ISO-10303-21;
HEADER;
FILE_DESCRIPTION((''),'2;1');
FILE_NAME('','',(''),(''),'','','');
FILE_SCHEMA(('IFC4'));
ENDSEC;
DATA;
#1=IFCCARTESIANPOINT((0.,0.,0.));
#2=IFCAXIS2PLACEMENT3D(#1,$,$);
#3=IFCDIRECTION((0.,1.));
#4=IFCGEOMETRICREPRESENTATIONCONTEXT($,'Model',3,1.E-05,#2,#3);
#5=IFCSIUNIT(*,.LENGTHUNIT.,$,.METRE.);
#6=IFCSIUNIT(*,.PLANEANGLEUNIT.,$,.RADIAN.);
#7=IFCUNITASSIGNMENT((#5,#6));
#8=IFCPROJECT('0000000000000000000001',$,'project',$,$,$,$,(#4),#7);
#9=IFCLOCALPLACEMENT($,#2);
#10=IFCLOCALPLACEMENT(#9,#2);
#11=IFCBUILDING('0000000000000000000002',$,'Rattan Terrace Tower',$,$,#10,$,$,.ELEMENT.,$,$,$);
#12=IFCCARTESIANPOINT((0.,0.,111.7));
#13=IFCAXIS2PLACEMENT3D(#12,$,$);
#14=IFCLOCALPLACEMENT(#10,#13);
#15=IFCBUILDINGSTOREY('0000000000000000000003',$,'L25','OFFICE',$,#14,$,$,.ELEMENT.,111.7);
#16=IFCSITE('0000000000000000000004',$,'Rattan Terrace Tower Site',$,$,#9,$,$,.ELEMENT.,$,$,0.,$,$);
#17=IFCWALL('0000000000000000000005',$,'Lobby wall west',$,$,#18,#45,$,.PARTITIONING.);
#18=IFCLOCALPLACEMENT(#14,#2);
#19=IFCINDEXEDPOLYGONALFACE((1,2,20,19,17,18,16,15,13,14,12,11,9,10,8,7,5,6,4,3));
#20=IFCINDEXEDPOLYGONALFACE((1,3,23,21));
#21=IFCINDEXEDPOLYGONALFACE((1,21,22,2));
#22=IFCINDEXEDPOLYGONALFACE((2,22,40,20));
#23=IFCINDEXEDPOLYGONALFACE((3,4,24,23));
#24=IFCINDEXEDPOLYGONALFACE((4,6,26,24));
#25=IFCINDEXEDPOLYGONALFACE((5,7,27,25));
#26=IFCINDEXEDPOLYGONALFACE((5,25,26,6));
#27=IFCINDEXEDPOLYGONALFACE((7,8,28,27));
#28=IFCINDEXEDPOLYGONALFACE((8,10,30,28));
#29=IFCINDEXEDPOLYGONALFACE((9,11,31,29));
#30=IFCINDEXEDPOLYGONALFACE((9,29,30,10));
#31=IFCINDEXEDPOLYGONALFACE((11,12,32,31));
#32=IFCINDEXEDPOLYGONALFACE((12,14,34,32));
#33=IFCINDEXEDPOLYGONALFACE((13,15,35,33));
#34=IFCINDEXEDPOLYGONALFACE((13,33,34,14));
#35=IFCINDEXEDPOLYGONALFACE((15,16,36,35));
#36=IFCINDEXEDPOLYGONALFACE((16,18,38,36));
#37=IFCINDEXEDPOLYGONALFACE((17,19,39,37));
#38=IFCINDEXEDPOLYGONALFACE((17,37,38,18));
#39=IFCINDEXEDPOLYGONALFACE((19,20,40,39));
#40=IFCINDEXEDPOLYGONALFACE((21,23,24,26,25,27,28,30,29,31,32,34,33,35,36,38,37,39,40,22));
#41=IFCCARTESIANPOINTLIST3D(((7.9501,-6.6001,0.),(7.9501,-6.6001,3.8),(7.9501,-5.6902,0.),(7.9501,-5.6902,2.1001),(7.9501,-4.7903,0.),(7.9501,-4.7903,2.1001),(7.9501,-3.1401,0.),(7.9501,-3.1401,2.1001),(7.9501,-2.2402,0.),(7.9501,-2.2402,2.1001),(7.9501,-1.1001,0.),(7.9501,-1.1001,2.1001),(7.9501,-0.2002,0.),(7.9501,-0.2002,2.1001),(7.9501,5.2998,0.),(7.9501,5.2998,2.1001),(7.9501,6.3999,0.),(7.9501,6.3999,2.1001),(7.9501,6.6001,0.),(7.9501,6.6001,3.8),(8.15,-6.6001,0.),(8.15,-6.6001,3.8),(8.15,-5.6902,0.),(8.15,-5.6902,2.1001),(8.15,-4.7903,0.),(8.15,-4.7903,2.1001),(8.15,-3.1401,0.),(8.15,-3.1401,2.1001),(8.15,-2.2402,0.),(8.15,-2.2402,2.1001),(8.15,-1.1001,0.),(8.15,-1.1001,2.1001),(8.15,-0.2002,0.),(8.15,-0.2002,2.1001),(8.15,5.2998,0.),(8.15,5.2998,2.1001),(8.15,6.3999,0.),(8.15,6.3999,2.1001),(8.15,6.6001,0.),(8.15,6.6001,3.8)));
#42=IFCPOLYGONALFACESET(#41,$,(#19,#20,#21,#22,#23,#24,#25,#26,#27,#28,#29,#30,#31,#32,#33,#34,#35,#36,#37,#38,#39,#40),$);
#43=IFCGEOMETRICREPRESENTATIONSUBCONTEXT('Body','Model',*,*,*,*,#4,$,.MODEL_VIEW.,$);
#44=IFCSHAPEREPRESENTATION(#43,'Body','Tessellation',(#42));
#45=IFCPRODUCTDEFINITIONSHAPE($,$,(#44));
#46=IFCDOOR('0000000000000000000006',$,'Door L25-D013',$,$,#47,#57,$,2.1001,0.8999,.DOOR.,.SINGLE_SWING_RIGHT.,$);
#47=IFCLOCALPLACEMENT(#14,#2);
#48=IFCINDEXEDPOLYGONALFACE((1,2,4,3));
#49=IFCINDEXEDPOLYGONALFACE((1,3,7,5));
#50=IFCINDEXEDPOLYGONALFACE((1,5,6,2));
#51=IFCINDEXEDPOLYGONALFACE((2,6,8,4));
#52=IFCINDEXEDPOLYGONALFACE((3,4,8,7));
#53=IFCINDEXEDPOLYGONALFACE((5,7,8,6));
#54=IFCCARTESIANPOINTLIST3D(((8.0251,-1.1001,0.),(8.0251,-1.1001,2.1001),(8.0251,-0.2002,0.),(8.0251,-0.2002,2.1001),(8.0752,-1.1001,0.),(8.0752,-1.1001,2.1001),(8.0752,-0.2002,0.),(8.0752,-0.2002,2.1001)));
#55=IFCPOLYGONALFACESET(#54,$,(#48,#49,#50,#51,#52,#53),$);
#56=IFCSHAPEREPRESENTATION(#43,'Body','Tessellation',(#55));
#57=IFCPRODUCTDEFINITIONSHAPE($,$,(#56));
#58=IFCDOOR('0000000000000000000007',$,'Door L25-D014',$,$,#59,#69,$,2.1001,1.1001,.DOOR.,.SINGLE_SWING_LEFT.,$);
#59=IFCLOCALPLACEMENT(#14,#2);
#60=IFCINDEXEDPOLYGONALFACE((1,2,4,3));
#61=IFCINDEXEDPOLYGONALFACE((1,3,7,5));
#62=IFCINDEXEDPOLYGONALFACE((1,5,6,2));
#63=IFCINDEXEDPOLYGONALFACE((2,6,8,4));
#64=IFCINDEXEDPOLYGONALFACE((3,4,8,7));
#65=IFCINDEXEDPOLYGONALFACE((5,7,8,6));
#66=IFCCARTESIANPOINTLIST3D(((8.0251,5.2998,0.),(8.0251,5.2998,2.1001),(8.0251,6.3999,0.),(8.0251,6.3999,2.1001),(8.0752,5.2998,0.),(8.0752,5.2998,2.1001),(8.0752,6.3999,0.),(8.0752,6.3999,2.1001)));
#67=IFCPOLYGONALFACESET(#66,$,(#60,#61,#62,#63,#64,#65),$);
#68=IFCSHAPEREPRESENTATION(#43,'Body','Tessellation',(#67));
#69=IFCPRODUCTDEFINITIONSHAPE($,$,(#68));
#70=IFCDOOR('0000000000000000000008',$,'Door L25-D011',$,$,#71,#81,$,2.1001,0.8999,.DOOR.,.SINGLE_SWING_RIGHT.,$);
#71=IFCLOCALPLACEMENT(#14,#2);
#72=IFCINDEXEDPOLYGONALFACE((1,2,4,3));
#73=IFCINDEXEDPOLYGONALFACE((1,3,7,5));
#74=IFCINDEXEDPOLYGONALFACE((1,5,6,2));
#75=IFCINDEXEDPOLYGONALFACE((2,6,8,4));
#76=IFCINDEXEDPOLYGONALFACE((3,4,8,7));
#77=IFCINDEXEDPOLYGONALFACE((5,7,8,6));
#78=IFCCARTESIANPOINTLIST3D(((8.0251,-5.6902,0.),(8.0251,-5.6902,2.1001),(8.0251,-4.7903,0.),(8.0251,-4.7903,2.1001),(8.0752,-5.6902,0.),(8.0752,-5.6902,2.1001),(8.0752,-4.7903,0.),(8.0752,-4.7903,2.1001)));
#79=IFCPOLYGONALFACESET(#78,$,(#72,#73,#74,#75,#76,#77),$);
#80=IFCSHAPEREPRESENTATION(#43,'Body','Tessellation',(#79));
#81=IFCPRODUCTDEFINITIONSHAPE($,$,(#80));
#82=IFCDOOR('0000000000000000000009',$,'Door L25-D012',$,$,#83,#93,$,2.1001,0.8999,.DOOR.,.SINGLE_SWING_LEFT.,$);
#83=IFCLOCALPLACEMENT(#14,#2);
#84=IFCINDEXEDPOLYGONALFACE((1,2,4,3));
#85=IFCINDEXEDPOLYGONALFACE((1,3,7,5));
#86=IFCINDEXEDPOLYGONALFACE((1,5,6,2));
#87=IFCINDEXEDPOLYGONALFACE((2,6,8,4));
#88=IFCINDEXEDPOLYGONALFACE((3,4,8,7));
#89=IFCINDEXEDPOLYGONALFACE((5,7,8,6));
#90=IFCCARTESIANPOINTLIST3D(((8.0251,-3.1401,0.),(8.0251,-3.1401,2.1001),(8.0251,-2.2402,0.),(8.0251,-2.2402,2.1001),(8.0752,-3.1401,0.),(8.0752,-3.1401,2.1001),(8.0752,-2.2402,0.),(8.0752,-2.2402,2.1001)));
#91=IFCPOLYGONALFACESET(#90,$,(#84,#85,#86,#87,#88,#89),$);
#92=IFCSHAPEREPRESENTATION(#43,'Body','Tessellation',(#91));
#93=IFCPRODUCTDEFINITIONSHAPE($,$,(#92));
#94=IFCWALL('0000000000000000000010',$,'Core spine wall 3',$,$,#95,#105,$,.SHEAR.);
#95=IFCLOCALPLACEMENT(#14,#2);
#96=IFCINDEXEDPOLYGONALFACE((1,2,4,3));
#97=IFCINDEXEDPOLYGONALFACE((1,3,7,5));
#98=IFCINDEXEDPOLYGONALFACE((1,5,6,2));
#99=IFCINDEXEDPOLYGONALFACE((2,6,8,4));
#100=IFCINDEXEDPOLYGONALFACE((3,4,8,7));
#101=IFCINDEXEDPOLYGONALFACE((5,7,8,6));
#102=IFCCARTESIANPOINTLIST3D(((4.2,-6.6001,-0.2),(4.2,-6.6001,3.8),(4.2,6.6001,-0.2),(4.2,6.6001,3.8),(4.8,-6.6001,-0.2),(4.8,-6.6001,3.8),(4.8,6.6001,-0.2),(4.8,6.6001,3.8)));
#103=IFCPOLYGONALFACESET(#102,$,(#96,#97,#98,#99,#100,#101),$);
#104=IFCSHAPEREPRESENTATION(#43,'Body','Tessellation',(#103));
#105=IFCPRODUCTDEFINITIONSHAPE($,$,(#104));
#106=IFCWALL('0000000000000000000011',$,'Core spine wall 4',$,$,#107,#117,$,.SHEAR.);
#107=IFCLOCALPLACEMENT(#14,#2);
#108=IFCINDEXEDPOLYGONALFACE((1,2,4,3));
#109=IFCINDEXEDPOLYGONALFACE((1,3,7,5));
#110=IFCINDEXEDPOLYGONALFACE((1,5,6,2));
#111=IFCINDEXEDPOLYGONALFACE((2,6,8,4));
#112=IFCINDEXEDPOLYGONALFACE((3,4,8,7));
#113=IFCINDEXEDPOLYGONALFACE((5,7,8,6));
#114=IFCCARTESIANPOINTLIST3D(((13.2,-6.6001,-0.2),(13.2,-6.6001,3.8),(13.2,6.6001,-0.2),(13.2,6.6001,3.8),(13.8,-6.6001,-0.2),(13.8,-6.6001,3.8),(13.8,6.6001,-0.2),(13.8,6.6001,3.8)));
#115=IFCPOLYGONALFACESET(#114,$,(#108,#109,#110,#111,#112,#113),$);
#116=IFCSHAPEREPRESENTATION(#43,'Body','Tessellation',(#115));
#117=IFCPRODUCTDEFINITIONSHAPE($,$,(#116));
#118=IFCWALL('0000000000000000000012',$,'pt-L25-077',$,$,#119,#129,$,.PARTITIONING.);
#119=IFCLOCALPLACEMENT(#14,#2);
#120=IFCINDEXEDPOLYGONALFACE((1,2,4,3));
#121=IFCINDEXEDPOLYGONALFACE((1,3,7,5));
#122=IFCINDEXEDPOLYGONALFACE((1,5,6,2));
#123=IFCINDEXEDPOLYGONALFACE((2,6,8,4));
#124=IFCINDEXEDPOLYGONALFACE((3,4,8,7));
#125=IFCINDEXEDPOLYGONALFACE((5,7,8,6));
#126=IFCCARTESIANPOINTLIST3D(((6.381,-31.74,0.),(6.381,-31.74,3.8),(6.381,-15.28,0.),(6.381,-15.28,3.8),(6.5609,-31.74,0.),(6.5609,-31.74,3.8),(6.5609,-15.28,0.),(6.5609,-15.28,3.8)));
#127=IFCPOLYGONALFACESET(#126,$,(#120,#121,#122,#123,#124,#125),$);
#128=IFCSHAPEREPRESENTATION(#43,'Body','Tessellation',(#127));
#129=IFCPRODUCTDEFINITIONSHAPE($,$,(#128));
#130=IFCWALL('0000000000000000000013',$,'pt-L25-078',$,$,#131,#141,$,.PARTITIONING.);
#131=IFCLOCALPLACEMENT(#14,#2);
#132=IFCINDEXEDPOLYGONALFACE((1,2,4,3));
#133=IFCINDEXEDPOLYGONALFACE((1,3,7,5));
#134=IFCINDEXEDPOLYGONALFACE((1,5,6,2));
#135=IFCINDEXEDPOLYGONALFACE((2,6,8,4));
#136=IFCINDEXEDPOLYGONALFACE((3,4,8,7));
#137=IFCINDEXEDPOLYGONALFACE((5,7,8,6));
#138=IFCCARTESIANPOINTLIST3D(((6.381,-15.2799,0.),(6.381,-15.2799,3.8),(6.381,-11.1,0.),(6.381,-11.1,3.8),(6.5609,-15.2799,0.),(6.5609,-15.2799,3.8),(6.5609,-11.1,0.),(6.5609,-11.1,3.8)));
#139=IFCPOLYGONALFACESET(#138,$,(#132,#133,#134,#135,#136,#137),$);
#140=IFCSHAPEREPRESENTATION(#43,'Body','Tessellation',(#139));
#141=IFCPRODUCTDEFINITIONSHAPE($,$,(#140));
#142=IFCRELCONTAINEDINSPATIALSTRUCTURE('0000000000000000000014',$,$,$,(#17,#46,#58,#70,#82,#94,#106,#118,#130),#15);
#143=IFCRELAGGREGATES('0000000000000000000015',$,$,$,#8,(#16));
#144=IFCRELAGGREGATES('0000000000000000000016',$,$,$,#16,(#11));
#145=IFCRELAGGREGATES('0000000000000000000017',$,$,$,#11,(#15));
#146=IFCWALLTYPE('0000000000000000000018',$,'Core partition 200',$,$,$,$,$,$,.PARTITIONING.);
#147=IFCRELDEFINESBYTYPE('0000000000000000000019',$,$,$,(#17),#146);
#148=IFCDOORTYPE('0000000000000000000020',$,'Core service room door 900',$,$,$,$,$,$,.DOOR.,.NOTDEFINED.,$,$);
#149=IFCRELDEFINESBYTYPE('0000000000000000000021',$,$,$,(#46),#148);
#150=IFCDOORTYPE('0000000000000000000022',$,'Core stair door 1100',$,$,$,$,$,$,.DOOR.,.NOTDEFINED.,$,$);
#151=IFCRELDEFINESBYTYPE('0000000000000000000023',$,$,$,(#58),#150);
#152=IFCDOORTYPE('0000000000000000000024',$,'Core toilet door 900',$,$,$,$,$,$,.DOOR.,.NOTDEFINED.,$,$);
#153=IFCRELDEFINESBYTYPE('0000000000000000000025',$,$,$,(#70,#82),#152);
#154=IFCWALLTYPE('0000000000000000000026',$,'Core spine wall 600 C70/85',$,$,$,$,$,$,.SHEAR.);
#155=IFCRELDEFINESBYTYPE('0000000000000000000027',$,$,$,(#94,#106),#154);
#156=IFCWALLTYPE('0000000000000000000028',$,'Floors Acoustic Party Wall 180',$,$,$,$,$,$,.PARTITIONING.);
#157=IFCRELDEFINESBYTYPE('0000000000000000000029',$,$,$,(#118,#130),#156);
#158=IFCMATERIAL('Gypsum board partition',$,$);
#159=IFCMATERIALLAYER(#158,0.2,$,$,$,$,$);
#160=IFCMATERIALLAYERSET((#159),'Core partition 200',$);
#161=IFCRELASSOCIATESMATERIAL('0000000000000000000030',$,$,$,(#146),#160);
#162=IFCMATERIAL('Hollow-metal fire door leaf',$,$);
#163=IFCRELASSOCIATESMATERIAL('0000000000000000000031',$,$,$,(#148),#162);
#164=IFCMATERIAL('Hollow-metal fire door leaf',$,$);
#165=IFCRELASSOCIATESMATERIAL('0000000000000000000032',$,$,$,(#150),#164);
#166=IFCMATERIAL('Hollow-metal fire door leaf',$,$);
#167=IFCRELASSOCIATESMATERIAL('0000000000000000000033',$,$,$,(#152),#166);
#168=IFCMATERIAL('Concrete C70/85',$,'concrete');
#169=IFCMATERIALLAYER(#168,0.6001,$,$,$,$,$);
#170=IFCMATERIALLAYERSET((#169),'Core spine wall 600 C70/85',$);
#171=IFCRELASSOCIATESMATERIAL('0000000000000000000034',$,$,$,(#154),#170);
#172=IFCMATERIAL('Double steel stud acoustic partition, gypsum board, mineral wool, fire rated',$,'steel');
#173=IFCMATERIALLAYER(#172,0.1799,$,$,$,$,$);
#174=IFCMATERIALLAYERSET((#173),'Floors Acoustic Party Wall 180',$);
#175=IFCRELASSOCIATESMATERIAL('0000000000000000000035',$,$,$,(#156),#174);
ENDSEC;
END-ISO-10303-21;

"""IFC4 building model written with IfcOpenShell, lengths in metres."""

from ifc_helpers import new_model, si_unit, direction, frame, frame_2d, origin, place, context, subcontext, project, spatial, rectangle, extrude, material, layer, layer_set, type_object, element, fill, save


model = new_model("IFC4")

# Units and contexts
model_context = context("Model", 3, precision=1e-05, world=origin(), true_north=direction((0.0, 1.0)))
body_context = subcontext(model_context, "Body", "Model", "MODEL_VIEW")
ifc_project = project(units=[si_unit("LENGTHUNIT", "METRE"), si_unit("PLANEANGLEUNIT", "RADIAN")], contexts=[model_context])

# Site, building, storey
site_placement = place(None, origin())
site = spatial("IfcSite", under=ifc_project, at=site_placement, Name="Rattan Terrace Tower Site", CompositionType="ELEMENT", RefElevation=0.0)
building_placement = place(site_placement, origin())
building = spatial("IfcBuilding", under=site, at=building_placement, Name="Rattan Terrace Tower", CompositionType="ELEMENT")
storey_placement = place(building_placement, frame((0.0, 0.0, 111.7)))
storey = spatial("IfcBuildingStorey", under=building, at=storey_placement, Name="L25", Description="OFFICE", CompositionType="ELEMENT", Elevation=111.7)

# Wall, openings, doors
ifc_material_1 = material(Name="Gypsum board partition")
ifc_layer_1 = layer(ifc_material_1, 0.2)
ifc_layer_set_1 = layer_set([ifc_layer_1], Name="Core partition 200")
wall_type_1 = type_object("IfcWallType", Name="Core partition 200", PredefinedType="PARTITIONING", material=ifc_layer_set_1)
wall_1_placement = place(storey_placement, frame((8.05, -6.6001, 0.0), z_axis=(0.0, 0.0, 1.0), x_axis=(0.0, 1.0, 0.0)))
wall_1 = element("IfcWall", 1, at=wall_1_placement, inside=storey, type_object=wall_type_1, Name="Lobby wall west", PredefinedType="PARTITIONING", context=body_context, shape_type="SweptSolid", body=[
    extrude(rectangle(XDim=13.2002, YDim=0.2, at=frame_2d((6.6001, 0.0))), origin(), (0.0, 0.0, 1.0), 3.8),
])
opening_1_placement = place(wall_1_placement, frame((0.9099, 0.0, 0.0)))
opening_1 = element("IfcOpeningElement", 2, at=opening_1_placement, cuts=wall_1, PredefinedType="OPENING", context=body_context, shape_type="SweptSolid", body=[
    extrude(rectangle(XDim=0.8999, YDim=2.1001, at=frame_2d((0.45, 1.05))), frame((0.0, 0.1106, 0.0), z_axis=(0.0, -1.0, 0.0), x_axis=(1.0, 0.0, 0.0)), (0.0, 0.0, 1.0), 0.2209),
])
opening_2_placement = place(wall_1_placement, frame((3.46, 0.0, 0.0)))
opening_2 = element("IfcOpeningElement", 3, at=opening_2_placement, cuts=wall_1, PredefinedType="OPENING", context=body_context, shape_type="SweptSolid", body=[
    extrude(rectangle(XDim=0.8999, YDim=2.1001, at=frame_2d((0.45, 1.05))), frame((0.0, 0.1106, 0.0), z_axis=(0.0, -1.0, 0.0), x_axis=(1.0, 0.0, 0.0)), (0.0, 0.0, 1.0), 0.2209),
])
opening_3_placement = place(wall_1_placement, frame((5.5, 0.0, 0.0)))
opening_3 = element("IfcOpeningElement", 4, at=opening_3_placement, cuts=wall_1, PredefinedType="OPENING", context=body_context, shape_type="SweptSolid", body=[
    extrude(rectangle(XDim=0.8999, YDim=2.1001, at=frame_2d((0.45, 1.05))), frame((0.0, 0.1106, 0.0), z_axis=(0.0, -1.0, 0.0), x_axis=(1.0, 0.0, 0.0)), (0.0, 0.0, 1.0), 0.2209),
])
opening_4_placement = place(wall_1_placement, frame((11.8999, 0.0, 0.0)))
opening_4 = element("IfcOpeningElement", 5, at=opening_4_placement, cuts=wall_1, PredefinedType="OPENING", context=body_context, shape_type="SweptSolid", body=[
    extrude(rectangle(XDim=1.1001, YDim=2.1001, at=frame_2d((0.55, 1.05))), frame((0.0, 0.1106, 0.0), z_axis=(0.0, -1.0, 0.0), x_axis=(1.0, 0.0, 0.0)), (0.0, 0.0, 1.0), 0.2209),
])
ifc_material_2 = material(Name="Hollow-metal fire door leaf")
door_type_1 = type_object("IfcDoorType", Name="Core service room door 900", OperationType="NOTDEFINED", PredefinedType="DOOR", material=ifc_material_2)
door_1_placement = place(opening_3_placement, origin())
door_1 = element("IfcDoor", 6, at=door_1_placement, inside=storey, type_object=door_type_1, Name="Door L25-D013", OperationType="SINGLE_SWING_RIGHT", OverallHeight=2.1001, OverallWidth=0.8999, PredefinedType="DOOR", context=body_context, shape_type="SweptSolid", body=[
    extrude(rectangle(XDim=0.8999, YDim=2.1001, at=frame_2d((0.45, 1.05))), frame((0.0, 0.0249, 0.0), z_axis=(0.0, -1.0, 0.0), x_axis=(1.0, 0.0, 0.0)), (0.0, 0.0, 1.0), 0.05),
])
fill(opening_3, door_1)
ifc_material_3 = material(Name="Hollow-metal fire door leaf")
door_type_2 = type_object("IfcDoorType", Name="Core stair door 1100", OperationType="NOTDEFINED", PredefinedType="DOOR", material=ifc_material_3)
door_2_placement = place(opening_4_placement, origin())
door_2 = element("IfcDoor", 7, at=door_2_placement, inside=storey, type_object=door_type_2, Name="Door L25-D014", OperationType="SINGLE_SWING_LEFT", OverallHeight=2.1001, OverallWidth=1.1001, PredefinedType="DOOR", context=body_context, shape_type="SweptSolid", body=[
    extrude(rectangle(XDim=1.1001, YDim=2.1001, at=frame_2d((0.55, 1.05))), frame((0.0, 0.0249, 0.0), z_axis=(0.0, -1.0, 0.0), x_axis=(1.0, 0.0, 0.0)), (0.0, 0.0, 1.0), 0.05),
])
fill(opening_4, door_2)
ifc_material_4 = material(Name="Hollow-metal fire door leaf")
door_type_3 = type_object("IfcDoorType", Name="Core toilet door 900", OperationType="NOTDEFINED", PredefinedType="DOOR", material=ifc_material_4)
door_3_placement = place(opening_1_placement, origin())
door_3 = element("IfcDoor", 8, at=door_3_placement, inside=storey, type_object=door_type_3, Name="Door L25-D011", OperationType="SINGLE_SWING_RIGHT", OverallHeight=2.1001, OverallWidth=0.8999, PredefinedType="DOOR", context=body_context, shape_type="SweptSolid", body=[
    extrude(rectangle(XDim=0.8999, YDim=2.1001, at=frame_2d((0.45, 1.05))), frame((0.0, 0.0249, 0.0), z_axis=(0.0, -1.0, 0.0), x_axis=(1.0, 0.0, 0.0)), (0.0, 0.0, 1.0), 0.05),
])
fill(opening_1, door_3)
door_4_placement = place(opening_2_placement, origin())
door_4 = element("IfcDoor", 9, at=door_4_placement, inside=storey, type_object=door_type_3, Name="Door L25-D012", OperationType="SINGLE_SWING_LEFT", OverallHeight=2.1001, OverallWidth=0.8999, PredefinedType="DOOR", context=body_context, shape_type="SweptSolid", body=[
    extrude(rectangle(XDim=0.8999, YDim=2.1001, at=frame_2d((0.45, 1.05))), frame((0.0, 0.0249, 0.0), z_axis=(0.0, -1.0, 0.0), x_axis=(1.0, 0.0, 0.0)), (0.0, 0.0, 1.0), 0.05),
])
fill(opening_2, door_4)

# Walls
ifc_material_5 = material(Name="Concrete C70/85", Category="concrete")
ifc_layer_2 = layer(ifc_material_5, 0.6001)
ifc_layer_set_2 = layer_set([ifc_layer_2], Name="Core spine wall 600 C70/85")
wall_type_2 = type_object("IfcWallType", Name="Core spine wall 600 C70/85", PredefinedType="SHEAR", material=ifc_layer_set_2)
for number, where, z_axis, x_axis, name in (
    (10, (4.5, -6.6001, -0.2), (0.0, 0.0, 1.0), (0.0, 1.0, 0.0), "Core spine wall 3"),
    (11, (13.5, -6.6001, -0.2), (0.0, 0.0, 1.0), (0.0, 1.0, 0.0), "Core spine wall 4"),
):
    element("IfcWall", number, at=place(storey_placement, frame(where, z_axis=z_axis, x_axis=x_axis)), inside=storey, type_object=wall_type_2, Name=name, PredefinedType="SHEAR", context=body_context, shape_type="SweptSolid", body=[
        extrude(rectangle(XDim=13.2002, YDim=0.6001, at=frame_2d((6.6001, 0.0))), origin(), (0.0, 0.0, 1.0), 4.0),
    ])
ifc_material_6 = material(Name="Double steel stud acoustic partition, gypsum board, mineral wool, fire rated", Category="steel")
ifc_layer_3 = layer(ifc_material_6, 0.1799)
ifc_layer_set_3 = layer_set([ifc_layer_3], Name="Floors Acoustic Party Wall 180")
wall_type_3 = type_object("IfcWallType", Name="Floors Acoustic Party Wall 180", PredefinedType="PARTITIONING", material=ifc_layer_set_3)
wall_2_placement = place(storey_placement, frame((6.4709, -15.28, 0.0), z_axis=(0.0, 0.0, 1.0), x_axis=(0.0, -1.0, 0.0)))
element("IfcWall", 12, at=wall_2_placement, inside=storey, type_object=wall_type_3, Name="pt-L25-077", PredefinedType="PARTITIONING", context=body_context, shape_type="SweptSolid", body=[
    extrude(rectangle(XDim=16.46, YDim=0.1799, at=frame_2d((8.23, 0.0))), origin(), (0.0, 0.0, 1.0), 3.8),
])
wall_3_placement = place(storey_placement, frame((6.4709, -11.1001, 0.0), z_axis=(0.0, 0.0, 1.0), x_axis=(0.0, -1.0, 0.0)))
element("IfcWall", 13, at=wall_3_placement, inside=storey, type_object=wall_type_3, Name="pt-L25-078", PredefinedType="PARTITIONING", context=body_context, shape_type="SweptSolid", body=[
    extrude(rectangle(XDim=4.1799, YDim=0.1799, at=frame_2d((2.0898, 0.0))), origin(), (0.0, 0.0, 1.0), 3.8),
])

save(model, "model.ifc")
